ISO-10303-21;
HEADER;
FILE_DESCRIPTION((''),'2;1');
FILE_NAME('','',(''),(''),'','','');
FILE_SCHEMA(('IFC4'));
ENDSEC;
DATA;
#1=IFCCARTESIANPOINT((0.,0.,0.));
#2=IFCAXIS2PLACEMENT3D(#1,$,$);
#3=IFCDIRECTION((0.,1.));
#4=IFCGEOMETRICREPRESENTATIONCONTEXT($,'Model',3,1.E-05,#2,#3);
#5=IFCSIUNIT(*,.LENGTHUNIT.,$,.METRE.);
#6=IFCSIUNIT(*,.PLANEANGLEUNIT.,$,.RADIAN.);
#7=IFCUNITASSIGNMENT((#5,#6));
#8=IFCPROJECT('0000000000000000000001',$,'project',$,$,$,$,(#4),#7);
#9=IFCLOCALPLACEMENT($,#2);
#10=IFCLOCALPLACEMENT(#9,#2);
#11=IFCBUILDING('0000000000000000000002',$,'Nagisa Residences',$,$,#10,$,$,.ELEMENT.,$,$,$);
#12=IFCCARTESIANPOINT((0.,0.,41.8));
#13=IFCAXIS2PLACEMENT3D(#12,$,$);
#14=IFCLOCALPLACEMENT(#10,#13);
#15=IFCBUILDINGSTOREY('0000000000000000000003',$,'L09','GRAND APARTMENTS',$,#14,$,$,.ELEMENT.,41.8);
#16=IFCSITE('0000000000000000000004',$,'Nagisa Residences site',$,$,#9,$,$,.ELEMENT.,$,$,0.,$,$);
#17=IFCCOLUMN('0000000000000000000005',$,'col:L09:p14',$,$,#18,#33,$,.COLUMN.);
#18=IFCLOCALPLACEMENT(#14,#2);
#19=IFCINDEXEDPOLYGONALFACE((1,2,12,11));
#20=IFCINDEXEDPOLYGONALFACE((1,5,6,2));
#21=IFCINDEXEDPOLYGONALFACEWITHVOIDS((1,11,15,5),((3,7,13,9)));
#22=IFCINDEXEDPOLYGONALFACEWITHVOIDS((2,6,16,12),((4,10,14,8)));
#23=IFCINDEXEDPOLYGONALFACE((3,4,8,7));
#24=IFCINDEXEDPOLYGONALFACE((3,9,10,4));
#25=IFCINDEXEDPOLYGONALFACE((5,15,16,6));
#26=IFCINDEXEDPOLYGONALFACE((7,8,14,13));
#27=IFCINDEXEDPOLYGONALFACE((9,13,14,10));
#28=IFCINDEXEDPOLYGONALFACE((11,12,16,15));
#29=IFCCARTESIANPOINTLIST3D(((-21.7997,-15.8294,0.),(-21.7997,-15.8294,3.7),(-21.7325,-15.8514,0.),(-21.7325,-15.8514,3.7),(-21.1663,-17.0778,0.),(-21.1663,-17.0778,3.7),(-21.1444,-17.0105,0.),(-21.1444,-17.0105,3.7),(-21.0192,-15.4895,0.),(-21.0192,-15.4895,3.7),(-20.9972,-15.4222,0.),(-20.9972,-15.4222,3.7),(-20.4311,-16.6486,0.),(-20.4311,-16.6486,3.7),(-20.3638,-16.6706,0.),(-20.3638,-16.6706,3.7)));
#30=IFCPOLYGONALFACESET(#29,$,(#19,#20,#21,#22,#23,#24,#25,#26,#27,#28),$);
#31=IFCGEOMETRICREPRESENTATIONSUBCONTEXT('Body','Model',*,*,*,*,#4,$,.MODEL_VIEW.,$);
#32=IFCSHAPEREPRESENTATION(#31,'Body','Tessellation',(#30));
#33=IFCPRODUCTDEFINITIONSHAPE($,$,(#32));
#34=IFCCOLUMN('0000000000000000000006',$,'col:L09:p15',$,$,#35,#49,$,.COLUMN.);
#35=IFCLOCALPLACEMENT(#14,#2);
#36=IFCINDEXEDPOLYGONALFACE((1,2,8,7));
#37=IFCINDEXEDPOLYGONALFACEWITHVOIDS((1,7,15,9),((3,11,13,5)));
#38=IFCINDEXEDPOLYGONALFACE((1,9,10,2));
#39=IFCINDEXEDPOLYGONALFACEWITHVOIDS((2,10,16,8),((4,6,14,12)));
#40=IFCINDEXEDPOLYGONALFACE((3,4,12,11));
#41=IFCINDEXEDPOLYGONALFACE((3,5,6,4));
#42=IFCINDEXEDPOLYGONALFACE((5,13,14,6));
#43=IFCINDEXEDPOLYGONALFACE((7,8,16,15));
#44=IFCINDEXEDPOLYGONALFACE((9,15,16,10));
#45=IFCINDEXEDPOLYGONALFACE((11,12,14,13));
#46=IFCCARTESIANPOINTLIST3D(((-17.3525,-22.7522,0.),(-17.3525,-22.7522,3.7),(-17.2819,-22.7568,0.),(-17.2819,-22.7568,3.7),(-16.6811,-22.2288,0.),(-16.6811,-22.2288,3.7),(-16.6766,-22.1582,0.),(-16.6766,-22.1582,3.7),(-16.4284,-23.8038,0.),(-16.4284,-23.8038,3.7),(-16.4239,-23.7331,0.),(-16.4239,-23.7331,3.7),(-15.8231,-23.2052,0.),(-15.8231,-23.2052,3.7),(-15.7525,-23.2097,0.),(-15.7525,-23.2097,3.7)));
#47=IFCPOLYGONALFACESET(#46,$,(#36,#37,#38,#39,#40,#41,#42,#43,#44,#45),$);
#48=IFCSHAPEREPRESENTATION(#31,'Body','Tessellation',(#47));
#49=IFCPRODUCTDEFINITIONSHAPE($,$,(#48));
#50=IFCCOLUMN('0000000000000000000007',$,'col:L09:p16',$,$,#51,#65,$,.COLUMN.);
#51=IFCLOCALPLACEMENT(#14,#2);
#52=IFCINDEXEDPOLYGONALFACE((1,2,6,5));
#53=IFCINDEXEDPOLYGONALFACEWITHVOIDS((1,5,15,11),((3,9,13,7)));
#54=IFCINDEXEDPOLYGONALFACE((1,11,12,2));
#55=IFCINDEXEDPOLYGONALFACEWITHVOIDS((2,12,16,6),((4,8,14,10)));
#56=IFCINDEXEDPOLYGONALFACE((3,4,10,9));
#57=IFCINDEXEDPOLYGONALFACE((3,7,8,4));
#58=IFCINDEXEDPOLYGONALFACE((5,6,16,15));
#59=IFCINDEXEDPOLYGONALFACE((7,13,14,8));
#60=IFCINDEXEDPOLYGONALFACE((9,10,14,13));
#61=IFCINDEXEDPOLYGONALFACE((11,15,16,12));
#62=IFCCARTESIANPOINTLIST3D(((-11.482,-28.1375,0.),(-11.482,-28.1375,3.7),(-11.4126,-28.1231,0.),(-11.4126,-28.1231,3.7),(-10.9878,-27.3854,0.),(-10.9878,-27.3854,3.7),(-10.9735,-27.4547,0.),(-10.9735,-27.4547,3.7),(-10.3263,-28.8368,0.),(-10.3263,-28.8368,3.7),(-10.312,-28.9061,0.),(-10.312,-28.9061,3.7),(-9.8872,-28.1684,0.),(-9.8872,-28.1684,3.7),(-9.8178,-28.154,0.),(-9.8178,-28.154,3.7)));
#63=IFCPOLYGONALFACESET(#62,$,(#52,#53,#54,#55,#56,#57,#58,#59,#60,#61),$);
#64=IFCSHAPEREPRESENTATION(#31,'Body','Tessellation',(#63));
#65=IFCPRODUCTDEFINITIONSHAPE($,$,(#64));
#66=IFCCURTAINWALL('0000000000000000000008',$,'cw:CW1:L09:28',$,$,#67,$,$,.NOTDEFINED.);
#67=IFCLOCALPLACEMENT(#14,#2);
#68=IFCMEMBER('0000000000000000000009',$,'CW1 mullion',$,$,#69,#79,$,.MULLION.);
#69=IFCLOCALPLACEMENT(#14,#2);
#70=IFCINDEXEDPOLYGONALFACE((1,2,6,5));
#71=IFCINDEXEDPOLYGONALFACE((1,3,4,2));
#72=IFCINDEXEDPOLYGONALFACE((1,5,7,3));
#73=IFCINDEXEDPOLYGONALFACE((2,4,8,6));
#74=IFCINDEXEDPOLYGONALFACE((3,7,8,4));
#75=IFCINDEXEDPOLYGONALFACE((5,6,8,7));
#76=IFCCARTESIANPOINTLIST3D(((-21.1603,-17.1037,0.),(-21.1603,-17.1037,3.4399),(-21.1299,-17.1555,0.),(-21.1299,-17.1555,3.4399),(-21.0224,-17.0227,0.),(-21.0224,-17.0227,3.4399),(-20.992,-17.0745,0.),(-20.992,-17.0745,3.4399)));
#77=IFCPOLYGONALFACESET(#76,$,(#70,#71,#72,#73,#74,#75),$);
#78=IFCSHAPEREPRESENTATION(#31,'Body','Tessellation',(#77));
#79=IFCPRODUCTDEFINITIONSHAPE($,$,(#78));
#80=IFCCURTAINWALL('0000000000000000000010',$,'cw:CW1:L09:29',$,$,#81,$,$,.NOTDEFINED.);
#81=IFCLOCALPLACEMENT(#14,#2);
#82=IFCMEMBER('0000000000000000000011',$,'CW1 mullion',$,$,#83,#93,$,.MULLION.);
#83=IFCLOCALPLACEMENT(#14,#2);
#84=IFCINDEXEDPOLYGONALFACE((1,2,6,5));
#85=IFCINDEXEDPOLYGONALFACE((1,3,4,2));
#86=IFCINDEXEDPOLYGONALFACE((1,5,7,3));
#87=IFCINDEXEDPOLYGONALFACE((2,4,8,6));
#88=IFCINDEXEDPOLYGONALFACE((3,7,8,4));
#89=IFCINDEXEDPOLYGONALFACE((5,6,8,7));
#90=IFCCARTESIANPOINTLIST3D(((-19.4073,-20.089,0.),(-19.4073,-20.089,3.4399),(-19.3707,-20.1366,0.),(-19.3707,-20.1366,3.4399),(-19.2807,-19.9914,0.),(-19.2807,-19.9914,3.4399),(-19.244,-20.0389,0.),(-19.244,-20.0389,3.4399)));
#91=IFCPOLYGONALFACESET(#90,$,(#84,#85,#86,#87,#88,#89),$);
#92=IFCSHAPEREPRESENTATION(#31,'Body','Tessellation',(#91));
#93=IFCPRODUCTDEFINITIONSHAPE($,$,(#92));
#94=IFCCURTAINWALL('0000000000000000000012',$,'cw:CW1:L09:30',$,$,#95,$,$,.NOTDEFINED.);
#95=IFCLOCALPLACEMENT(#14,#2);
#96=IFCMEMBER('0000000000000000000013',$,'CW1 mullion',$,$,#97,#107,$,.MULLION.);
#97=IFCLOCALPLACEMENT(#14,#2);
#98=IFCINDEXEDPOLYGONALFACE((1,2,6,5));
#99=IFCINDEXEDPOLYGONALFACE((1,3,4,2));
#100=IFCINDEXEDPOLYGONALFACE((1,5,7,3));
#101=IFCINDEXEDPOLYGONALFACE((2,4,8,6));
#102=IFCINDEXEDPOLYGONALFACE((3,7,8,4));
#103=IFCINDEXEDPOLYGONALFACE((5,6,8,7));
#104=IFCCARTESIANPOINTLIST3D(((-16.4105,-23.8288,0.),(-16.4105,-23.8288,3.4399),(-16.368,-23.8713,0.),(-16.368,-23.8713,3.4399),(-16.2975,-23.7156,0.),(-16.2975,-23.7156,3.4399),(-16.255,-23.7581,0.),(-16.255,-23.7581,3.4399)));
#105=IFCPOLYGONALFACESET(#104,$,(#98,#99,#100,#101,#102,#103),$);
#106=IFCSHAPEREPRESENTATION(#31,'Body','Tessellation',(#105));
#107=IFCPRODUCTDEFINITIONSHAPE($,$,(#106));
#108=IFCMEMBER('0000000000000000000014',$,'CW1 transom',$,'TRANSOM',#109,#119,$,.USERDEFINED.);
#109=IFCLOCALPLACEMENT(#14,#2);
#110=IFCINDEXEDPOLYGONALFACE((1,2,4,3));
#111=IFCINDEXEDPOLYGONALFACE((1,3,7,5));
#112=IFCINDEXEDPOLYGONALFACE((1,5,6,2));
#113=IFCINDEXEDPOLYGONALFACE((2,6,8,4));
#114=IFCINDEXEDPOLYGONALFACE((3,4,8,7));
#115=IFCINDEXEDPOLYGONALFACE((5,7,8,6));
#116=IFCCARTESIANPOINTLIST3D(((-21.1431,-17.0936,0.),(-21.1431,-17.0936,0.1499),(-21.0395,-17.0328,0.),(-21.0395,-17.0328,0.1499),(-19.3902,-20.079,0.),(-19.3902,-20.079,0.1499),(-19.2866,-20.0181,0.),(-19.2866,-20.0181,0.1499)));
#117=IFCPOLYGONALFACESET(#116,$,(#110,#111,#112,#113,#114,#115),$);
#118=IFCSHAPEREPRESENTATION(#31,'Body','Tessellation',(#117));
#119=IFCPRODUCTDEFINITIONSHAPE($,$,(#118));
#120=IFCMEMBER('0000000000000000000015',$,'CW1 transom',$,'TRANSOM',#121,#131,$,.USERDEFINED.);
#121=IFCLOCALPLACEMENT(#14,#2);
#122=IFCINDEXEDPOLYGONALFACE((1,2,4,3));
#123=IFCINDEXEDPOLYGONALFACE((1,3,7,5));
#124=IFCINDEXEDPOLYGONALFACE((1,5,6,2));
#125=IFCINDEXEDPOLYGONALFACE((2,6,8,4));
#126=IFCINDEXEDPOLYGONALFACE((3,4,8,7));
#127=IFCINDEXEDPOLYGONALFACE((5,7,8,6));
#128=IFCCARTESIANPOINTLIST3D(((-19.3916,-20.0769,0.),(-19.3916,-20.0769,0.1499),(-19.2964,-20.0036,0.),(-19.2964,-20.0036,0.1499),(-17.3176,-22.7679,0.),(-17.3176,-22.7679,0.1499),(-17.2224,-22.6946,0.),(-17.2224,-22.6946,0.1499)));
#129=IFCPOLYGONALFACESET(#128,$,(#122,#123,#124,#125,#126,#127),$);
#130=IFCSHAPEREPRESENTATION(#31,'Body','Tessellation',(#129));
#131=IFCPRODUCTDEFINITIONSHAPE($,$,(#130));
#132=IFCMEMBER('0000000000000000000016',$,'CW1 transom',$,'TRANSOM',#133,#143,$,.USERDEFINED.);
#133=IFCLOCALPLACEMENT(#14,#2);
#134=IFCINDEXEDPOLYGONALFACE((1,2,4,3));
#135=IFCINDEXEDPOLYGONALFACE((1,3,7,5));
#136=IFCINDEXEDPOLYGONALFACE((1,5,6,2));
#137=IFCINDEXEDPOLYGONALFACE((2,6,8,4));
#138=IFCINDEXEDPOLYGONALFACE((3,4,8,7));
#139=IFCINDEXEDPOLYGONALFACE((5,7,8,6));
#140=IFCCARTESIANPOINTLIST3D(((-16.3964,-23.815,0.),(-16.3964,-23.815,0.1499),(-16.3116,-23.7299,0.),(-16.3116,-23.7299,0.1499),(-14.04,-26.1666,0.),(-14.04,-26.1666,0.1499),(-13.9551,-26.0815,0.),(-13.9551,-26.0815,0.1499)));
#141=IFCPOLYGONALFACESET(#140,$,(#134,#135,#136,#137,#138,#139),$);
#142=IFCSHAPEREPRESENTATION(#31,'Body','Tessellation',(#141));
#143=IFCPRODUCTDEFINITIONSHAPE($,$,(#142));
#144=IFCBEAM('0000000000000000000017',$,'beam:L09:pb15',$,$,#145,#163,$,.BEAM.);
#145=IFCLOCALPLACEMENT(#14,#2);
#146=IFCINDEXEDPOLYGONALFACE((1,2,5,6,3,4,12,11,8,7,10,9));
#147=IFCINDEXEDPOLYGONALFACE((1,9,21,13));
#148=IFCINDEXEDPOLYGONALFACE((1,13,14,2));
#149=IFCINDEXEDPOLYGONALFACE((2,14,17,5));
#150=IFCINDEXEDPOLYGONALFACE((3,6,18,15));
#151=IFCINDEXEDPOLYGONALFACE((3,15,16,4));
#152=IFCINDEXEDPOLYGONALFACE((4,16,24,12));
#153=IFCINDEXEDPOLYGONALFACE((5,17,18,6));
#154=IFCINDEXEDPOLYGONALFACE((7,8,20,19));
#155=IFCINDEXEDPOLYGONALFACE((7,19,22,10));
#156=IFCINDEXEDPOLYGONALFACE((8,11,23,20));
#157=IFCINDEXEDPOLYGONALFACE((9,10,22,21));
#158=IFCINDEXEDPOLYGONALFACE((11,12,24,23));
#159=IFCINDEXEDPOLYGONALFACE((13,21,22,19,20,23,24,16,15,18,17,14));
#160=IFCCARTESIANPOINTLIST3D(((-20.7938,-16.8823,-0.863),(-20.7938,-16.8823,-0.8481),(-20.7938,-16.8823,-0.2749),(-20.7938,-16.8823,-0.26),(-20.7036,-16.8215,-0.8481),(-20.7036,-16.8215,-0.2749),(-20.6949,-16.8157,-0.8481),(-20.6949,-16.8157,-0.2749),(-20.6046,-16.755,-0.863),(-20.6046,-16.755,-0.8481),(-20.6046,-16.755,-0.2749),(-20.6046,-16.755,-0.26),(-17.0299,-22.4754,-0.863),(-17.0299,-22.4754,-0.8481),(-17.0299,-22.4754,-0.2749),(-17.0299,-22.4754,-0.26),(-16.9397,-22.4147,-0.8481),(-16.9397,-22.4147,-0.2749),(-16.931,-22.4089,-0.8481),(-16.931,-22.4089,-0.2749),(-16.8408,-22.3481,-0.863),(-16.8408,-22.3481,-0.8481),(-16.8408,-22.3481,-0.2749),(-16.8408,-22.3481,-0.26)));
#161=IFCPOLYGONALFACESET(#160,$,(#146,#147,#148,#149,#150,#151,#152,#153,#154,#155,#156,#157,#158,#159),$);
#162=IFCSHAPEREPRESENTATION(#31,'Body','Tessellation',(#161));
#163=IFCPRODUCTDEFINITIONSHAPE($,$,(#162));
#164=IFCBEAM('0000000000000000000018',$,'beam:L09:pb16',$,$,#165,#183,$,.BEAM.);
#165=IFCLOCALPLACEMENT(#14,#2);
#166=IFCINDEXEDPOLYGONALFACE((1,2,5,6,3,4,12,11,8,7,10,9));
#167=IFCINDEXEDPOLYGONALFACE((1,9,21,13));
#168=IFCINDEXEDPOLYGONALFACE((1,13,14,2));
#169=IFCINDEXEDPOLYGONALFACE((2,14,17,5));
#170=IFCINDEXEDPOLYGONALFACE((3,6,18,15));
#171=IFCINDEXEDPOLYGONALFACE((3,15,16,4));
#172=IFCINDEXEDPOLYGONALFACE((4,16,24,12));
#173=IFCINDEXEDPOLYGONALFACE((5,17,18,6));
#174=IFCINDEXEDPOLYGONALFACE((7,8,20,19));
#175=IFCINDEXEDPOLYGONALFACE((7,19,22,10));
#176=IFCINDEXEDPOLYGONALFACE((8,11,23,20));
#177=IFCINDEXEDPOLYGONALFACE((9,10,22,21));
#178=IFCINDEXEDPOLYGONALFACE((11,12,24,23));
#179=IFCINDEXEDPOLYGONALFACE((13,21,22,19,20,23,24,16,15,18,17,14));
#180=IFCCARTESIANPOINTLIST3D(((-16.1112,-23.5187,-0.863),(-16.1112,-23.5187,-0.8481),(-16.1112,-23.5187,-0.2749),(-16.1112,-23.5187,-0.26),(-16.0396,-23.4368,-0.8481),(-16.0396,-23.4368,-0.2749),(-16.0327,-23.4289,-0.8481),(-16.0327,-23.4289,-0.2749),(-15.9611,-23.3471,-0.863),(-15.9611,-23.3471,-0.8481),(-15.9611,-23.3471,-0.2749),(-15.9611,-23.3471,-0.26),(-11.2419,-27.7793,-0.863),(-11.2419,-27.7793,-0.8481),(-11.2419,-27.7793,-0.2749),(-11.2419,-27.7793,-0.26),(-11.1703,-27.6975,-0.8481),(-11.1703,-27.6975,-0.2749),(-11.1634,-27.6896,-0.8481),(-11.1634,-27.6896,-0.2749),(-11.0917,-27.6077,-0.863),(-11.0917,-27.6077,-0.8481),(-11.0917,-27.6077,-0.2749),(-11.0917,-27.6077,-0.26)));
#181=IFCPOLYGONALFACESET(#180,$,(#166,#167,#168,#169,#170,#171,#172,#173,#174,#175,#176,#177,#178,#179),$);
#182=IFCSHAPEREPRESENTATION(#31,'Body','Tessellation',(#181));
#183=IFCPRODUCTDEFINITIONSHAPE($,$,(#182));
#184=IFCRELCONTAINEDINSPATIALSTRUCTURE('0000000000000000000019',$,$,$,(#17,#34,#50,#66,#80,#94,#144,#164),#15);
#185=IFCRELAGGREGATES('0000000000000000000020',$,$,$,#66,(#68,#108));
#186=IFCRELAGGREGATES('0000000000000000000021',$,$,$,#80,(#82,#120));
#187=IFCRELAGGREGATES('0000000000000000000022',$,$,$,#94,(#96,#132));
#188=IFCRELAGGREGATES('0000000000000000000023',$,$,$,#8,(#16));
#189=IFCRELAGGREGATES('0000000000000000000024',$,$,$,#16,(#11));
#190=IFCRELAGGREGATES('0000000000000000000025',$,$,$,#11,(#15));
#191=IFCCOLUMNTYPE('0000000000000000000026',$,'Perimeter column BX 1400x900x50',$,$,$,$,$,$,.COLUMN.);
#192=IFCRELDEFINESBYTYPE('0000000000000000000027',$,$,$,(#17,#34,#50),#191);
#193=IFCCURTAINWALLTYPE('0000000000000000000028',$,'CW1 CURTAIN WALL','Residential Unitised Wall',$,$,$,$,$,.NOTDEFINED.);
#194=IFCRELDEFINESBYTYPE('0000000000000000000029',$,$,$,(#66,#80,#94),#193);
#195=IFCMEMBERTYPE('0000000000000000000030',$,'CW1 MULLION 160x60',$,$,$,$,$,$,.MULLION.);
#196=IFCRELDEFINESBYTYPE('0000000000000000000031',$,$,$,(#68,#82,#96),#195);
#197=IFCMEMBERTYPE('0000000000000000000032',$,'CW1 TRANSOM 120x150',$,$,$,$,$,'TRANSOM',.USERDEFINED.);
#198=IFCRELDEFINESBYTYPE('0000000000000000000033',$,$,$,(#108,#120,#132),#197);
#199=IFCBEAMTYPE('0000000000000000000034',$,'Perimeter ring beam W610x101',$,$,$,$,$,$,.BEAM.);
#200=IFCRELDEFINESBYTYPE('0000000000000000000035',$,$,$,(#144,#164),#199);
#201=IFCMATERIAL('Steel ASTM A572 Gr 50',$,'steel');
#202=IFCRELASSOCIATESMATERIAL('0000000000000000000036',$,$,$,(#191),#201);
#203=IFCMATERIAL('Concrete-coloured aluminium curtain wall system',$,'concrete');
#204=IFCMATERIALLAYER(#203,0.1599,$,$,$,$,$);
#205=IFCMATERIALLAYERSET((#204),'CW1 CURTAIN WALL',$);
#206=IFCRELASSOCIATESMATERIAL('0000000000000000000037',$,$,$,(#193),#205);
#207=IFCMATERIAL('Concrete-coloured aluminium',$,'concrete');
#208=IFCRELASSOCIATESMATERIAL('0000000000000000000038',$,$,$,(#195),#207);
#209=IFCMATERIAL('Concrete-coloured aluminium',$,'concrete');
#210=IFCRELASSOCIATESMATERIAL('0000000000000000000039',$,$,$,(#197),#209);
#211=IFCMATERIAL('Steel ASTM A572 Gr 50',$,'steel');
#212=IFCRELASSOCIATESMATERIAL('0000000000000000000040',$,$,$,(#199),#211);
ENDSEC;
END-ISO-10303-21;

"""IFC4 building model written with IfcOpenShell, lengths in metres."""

from ifc_helpers import new_model, si_unit, direction, frame, origin, origin_2d, place, context, subcontext, project, spatial, rectangle, hollow_rectangle, i_section, extrude, material, layer, layer_set, material_profile, profile_set, type_object, element, aggregate, save


model = new_model("IFC4")

# Units and contexts
model_context = context("Model", 3, precision=1e-05, world=origin(), true_north=direction((0.0, 1.0)))
body_context = subcontext(model_context, "Body", "Model", "MODEL_VIEW")
ifc_project = project(units=[si_unit("LENGTHUNIT", "METRE"), si_unit("PLANEANGLEUNIT", "RADIAN")], contexts=[model_context])

# Site, building, storey
site_placement = place(None, origin())
site = spatial("IfcSite", under=ifc_project, at=site_placement, Name="Nagisa Residences site", CompositionType="ELEMENT", RefElevation=0.0)
building_placement = place(site_placement, origin())
building = spatial("IfcBuilding", under=site, at=building_placement, Name="Nagisa Residences", CompositionType="ELEMENT")
storey_placement = place(building_placement, frame((0.0, 0.0, 41.8)))
storey = spatial("IfcBuildingStorey", under=building, at=storey_placement, Name="L09", Description="GRAND APARTMENTS", CompositionType="ELEMENT", Elevation=41.8)

# Columns
ifc_material_1 = material(Name="Steel ASTM A572 Gr 50", Category="steel")
ifc_material_profile_1 = material_profile(ifc_material_1, hollow_rectangle(XDim=1.3999, YDim=0.8999, WallThickness=0.05, at=origin_2d()), Name="BX 1400x900x50")
ifc_profile_set_1 = profile_set([ifc_material_profile_1], Name="Steel ASTM A572 Gr 50")
column_type = type_object("IfcColumnType", Name="Perimeter column BX 1400x900x50", PredefinedType="COLUMN", material=ifc_profile_set_1)
for number, where, z_axis, x_axis, name in (
    (1, (-21.0818, -16.25, 0.0), (0.0, 0.0, 1.0), (0.452463, -0.891783, 0.0), "col:L09:p14"),
    (2, (-16.5525, -22.981, 0.0), (0.0, 0.0, 1.0), (0.660115, -0.751165, 0.0), "col:L09:p15"),
    (3, (-10.6499, -28.1458, 0.0), (0.0, 0.0, 1.0), (0.835766, -0.549086, 0.0), "col:L09:p16"),
):
    element("IfcColumn", number, at=place(storey_placement, frame(where, z_axis=z_axis, x_axis=x_axis)), inside=storey, type_object=column_type, Name=name, PredefinedType="COLUMN", context=body_context, shape_type="SweptSolid", body=[
        extrude(hollow_rectangle(XDim=1.3999, YDim=0.8999, WallThickness=0.05, at=origin_2d()), origin(), (0.0, 0.0, 1.0), 3.7),
    ])

# Curtain walls, members
ifc_material_2 = material(Name="Concrete-coloured aluminium curtain wall system", Category="concrete")
ifc_layer_1 = layer(ifc_material_2, 0.1599)
ifc_layer_set_1 = layer_set([ifc_layer_1], Name="CW1 CURTAIN WALL")
curtain_wall_type = type_object("IfcCurtainWallType", Name="CW1 CURTAIN WALL", Description="Residential Unitised Wall", PredefinedType="NOTDEFINED", material=ifc_layer_set_1)
curtain_wall_1_placement = place(storey_placement, origin())
curtain_wall_1 = element("IfcCurtainWall", 4, at=curtain_wall_1_placement, inside=storey, type_object=curtain_wall_type, Name="cw:CW1:L09:28", PredefinedType="NOTDEFINED")
ifc_material_3 = material(Name="Concrete-coloured aluminium", Category="concrete")
ifc_material_profile_2 = material_profile(ifc_material_3, rectangle(XDim=0.1599, YDim=0.0601, at=origin_2d()), Name="CW1 MULLION 160x60")
ifc_profile_set_2 = profile_set([ifc_material_profile_2], Name="Concrete-coloured aluminium")
member_type_1 = type_object("IfcMemberType", Name="CW1 MULLION 160x60", PredefinedType="MULLION", material=ifc_profile_set_2)
member_1_placement = place(storey_placement, frame((-21.0762, -17.0891, 0.0), z_axis=(0.0, 0.0, 1.0), x_axis=(0.862329, 0.506349, 0.0)))
member_1 = element("IfcMember", 5, at=member_1_placement, type_object=member_type_1, Name="CW1 mullion", PredefinedType="MULLION", context=body_context, shape_type="SweptSolid", body=[
    extrude(rectangle(XDim=0.1599, YDim=0.0601, at=origin_2d()), origin(), (0.0, 0.0, 1.0), 3.4399),
])
curtain_wall_2_placement = place(storey_placement, origin())
curtain_wall_2 = element("IfcCurtainWall", 6, at=curtain_wall_2_placement, inside=storey, type_object=curtain_wall_type, Name="cw:CW1:L09:29", PredefinedType="NOTDEFINED")
member_2_placement = place(storey_placement, frame((-19.3257, -20.064, 0.0), z_axis=(0.0, 0.0, 1.0), x_axis=(0.79207, 0.61043, 0.0)))
member_2 = element("IfcMember", 7, at=member_2_placement, type_object=member_type_1, Name="CW1 mullion", PredefinedType="MULLION", context=body_context, shape_type="SweptSolid", body=[
    extrude(rectangle(XDim=0.1599, YDim=0.0601, at=origin_2d()), origin(), (0.0, 0.0, 1.0), 3.4399),
])
curtain_wall_3_placement = place(storey_placement, origin())
curtain_wall_3 = element("IfcCurtainWall", 8, at=curtain_wall_3_placement, inside=storey, type_object=curtain_wall_type, Name="cw:CW1:L09:30", PredefinedType="NOTDEFINED")
member_3_placement = place(storey_placement, frame((-16.3328, -23.7935, 0.0), z_axis=(0.0, 0.0, 1.0), x_axis=(0.706377, 0.707836, 0.0)))
member_3 = element("IfcMember", 9, at=member_3_placement, type_object=member_type_1, Name="CW1 mullion", PredefinedType="MULLION", context=body_context, shape_type="SweptSolid", body=[
    extrude(rectangle(XDim=0.1599, YDim=0.0601, at=origin_2d()), origin(), (0.0, 0.0, 1.0), 3.4399),
])

# Members
ifc_material_4 = material(Name="Concrete-coloured aluminium", Category="concrete")
ifc_material_profile_3 = material_profile(ifc_material_4, rectangle(XDim=0.1201, YDim=0.1499, at=origin_2d()), Name="CW1 TRANSOM 120x150")
ifc_profile_set_3 = profile_set([ifc_material_profile_3], Name="Concrete-coloured aluminium")
member_type_2 = type_object("IfcMemberType", Name="CW1 TRANSOM 120x150", ElementType="TRANSOM", PredefinedType="USERDEFINED", material=ifc_profile_set_3)
member_4_placement = place(storey_placement, frame((-21.0913, -17.0632, 0.075), z_axis=(0.506342, -0.862333, 0.0), x_axis=(0.862333, 0.506342, 0.0)))
member_4 = element("IfcMember", 10, at=member_4_placement, type_object=member_type_2, Name="CW1 transom", ObjectType="TRANSOM", PredefinedType="USERDEFINED", context=body_context, shape_type="SweptSolid", body=[
    extrude(rectangle(XDim=0.1201, YDim=0.1499, at=origin_2d()), origin(), (0.0, 0.0, 1.0), 3.4619),
])
member_5_placement = place(storey_placement, frame((-19.344, -20.0403, 0.075), z_axis=(0.610457, -0.792049, 0.0), x_axis=(0.792049, 0.610457, 0.0)))
member_5 = element("IfcMember", 11, at=member_5_placement, type_object=member_type_2, Name="CW1 transom", ObjectType="TRANSOM", PredefinedType="USERDEFINED", context=body_context, shape_type="SweptSolid", body=[
    extrude(rectangle(XDim=0.1201, YDim=0.1499, at=origin_2d()), origin(), (0.0, 0.0, 1.0), 3.3975),
])
member_6_placement = place(storey_placement, frame((-16.354, -23.7725, 0.075), z_axis=(0.70784, -0.706373, 0.0), x_axis=(0.706373, 0.70784, 0.0)))
member_6 = element("IfcMember", 12, at=member_6_placement, type_object=member_type_2, Name="CW1 transom", ObjectType="TRANSOM", PredefinedType="USERDEFINED", context=body_context, shape_type="SweptSolid", body=[
    extrude(rectangle(XDim=0.1201, YDim=0.1499, at=origin_2d()), origin(), (0.0, 0.0, 1.0), 3.3291),
])

# Beams
ifc_material_5 = material(Name="Steel ASTM A572 Gr 50", Category="steel")
ifc_material_profile_4 = material_profile(ifc_material_5, i_section(OverallWidth=0.228, OverallDepth=0.603, WebThickness=0.0105, FlangeThickness=0.0149, at=origin_2d()), Name="W610x101")
ifc_profile_set_4 = profile_set([ifc_material_profile_4], Name="Steel ASTM A572 Gr 50")
beam_type_1 = type_object("IfcBeamType", Name="Perimeter ring beam W610x101", PredefinedType="BEAM", material=ifc_profile_set_4)
beam_1_placement = place(storey_placement, frame((-20.6992, -16.8186, -0.5615), z_axis=(0.558297, -0.829641, 0.0), x_axis=(0.829641, 0.558297, 0.0)))
element("IfcBeam", 13, at=beam_1_placement, inside=storey, type_object=beam_type_1, Name="beam:L09:pb15", PredefinedType="BEAM", context=body_context, shape_type="SweptSolid", body=[
    extrude(i_section(OverallWidth=0.228, OverallDepth=0.603, WebThickness=0.0105, FlangeThickness=0.0149, at=origin_2d()), origin(), (0.0, 0.0, 1.0), 6.7417),
])
beam_2_placement = place(storey_placement, frame((-16.0361, -23.4329, -0.5615), z_axis=(0.752574, -0.658507, 0.0), x_axis=(0.658507, 0.752574, 0.0)))
element("IfcBeam", 14, at=beam_2_placement, inside=storey, type_object=beam_type_1, Name="beam:L09:pb16", PredefinedType="BEAM", context=body_context, shape_type="SweptSolid", body=[
    extrude(i_section(OverallWidth=0.228, OverallDepth=0.603, WebThickness=0.0105, FlangeThickness=0.0149, at=origin_2d()), origin(), (0.0, 0.0, 1.0), 6.4702),
])

aggregate(curtain_wall_1, [member_1, member_4])
aggregate(curtain_wall_2, [member_2, member_5])
aggregate(curtain_wall_3, [member_3, member_6])

save(model, "model.ifc")
